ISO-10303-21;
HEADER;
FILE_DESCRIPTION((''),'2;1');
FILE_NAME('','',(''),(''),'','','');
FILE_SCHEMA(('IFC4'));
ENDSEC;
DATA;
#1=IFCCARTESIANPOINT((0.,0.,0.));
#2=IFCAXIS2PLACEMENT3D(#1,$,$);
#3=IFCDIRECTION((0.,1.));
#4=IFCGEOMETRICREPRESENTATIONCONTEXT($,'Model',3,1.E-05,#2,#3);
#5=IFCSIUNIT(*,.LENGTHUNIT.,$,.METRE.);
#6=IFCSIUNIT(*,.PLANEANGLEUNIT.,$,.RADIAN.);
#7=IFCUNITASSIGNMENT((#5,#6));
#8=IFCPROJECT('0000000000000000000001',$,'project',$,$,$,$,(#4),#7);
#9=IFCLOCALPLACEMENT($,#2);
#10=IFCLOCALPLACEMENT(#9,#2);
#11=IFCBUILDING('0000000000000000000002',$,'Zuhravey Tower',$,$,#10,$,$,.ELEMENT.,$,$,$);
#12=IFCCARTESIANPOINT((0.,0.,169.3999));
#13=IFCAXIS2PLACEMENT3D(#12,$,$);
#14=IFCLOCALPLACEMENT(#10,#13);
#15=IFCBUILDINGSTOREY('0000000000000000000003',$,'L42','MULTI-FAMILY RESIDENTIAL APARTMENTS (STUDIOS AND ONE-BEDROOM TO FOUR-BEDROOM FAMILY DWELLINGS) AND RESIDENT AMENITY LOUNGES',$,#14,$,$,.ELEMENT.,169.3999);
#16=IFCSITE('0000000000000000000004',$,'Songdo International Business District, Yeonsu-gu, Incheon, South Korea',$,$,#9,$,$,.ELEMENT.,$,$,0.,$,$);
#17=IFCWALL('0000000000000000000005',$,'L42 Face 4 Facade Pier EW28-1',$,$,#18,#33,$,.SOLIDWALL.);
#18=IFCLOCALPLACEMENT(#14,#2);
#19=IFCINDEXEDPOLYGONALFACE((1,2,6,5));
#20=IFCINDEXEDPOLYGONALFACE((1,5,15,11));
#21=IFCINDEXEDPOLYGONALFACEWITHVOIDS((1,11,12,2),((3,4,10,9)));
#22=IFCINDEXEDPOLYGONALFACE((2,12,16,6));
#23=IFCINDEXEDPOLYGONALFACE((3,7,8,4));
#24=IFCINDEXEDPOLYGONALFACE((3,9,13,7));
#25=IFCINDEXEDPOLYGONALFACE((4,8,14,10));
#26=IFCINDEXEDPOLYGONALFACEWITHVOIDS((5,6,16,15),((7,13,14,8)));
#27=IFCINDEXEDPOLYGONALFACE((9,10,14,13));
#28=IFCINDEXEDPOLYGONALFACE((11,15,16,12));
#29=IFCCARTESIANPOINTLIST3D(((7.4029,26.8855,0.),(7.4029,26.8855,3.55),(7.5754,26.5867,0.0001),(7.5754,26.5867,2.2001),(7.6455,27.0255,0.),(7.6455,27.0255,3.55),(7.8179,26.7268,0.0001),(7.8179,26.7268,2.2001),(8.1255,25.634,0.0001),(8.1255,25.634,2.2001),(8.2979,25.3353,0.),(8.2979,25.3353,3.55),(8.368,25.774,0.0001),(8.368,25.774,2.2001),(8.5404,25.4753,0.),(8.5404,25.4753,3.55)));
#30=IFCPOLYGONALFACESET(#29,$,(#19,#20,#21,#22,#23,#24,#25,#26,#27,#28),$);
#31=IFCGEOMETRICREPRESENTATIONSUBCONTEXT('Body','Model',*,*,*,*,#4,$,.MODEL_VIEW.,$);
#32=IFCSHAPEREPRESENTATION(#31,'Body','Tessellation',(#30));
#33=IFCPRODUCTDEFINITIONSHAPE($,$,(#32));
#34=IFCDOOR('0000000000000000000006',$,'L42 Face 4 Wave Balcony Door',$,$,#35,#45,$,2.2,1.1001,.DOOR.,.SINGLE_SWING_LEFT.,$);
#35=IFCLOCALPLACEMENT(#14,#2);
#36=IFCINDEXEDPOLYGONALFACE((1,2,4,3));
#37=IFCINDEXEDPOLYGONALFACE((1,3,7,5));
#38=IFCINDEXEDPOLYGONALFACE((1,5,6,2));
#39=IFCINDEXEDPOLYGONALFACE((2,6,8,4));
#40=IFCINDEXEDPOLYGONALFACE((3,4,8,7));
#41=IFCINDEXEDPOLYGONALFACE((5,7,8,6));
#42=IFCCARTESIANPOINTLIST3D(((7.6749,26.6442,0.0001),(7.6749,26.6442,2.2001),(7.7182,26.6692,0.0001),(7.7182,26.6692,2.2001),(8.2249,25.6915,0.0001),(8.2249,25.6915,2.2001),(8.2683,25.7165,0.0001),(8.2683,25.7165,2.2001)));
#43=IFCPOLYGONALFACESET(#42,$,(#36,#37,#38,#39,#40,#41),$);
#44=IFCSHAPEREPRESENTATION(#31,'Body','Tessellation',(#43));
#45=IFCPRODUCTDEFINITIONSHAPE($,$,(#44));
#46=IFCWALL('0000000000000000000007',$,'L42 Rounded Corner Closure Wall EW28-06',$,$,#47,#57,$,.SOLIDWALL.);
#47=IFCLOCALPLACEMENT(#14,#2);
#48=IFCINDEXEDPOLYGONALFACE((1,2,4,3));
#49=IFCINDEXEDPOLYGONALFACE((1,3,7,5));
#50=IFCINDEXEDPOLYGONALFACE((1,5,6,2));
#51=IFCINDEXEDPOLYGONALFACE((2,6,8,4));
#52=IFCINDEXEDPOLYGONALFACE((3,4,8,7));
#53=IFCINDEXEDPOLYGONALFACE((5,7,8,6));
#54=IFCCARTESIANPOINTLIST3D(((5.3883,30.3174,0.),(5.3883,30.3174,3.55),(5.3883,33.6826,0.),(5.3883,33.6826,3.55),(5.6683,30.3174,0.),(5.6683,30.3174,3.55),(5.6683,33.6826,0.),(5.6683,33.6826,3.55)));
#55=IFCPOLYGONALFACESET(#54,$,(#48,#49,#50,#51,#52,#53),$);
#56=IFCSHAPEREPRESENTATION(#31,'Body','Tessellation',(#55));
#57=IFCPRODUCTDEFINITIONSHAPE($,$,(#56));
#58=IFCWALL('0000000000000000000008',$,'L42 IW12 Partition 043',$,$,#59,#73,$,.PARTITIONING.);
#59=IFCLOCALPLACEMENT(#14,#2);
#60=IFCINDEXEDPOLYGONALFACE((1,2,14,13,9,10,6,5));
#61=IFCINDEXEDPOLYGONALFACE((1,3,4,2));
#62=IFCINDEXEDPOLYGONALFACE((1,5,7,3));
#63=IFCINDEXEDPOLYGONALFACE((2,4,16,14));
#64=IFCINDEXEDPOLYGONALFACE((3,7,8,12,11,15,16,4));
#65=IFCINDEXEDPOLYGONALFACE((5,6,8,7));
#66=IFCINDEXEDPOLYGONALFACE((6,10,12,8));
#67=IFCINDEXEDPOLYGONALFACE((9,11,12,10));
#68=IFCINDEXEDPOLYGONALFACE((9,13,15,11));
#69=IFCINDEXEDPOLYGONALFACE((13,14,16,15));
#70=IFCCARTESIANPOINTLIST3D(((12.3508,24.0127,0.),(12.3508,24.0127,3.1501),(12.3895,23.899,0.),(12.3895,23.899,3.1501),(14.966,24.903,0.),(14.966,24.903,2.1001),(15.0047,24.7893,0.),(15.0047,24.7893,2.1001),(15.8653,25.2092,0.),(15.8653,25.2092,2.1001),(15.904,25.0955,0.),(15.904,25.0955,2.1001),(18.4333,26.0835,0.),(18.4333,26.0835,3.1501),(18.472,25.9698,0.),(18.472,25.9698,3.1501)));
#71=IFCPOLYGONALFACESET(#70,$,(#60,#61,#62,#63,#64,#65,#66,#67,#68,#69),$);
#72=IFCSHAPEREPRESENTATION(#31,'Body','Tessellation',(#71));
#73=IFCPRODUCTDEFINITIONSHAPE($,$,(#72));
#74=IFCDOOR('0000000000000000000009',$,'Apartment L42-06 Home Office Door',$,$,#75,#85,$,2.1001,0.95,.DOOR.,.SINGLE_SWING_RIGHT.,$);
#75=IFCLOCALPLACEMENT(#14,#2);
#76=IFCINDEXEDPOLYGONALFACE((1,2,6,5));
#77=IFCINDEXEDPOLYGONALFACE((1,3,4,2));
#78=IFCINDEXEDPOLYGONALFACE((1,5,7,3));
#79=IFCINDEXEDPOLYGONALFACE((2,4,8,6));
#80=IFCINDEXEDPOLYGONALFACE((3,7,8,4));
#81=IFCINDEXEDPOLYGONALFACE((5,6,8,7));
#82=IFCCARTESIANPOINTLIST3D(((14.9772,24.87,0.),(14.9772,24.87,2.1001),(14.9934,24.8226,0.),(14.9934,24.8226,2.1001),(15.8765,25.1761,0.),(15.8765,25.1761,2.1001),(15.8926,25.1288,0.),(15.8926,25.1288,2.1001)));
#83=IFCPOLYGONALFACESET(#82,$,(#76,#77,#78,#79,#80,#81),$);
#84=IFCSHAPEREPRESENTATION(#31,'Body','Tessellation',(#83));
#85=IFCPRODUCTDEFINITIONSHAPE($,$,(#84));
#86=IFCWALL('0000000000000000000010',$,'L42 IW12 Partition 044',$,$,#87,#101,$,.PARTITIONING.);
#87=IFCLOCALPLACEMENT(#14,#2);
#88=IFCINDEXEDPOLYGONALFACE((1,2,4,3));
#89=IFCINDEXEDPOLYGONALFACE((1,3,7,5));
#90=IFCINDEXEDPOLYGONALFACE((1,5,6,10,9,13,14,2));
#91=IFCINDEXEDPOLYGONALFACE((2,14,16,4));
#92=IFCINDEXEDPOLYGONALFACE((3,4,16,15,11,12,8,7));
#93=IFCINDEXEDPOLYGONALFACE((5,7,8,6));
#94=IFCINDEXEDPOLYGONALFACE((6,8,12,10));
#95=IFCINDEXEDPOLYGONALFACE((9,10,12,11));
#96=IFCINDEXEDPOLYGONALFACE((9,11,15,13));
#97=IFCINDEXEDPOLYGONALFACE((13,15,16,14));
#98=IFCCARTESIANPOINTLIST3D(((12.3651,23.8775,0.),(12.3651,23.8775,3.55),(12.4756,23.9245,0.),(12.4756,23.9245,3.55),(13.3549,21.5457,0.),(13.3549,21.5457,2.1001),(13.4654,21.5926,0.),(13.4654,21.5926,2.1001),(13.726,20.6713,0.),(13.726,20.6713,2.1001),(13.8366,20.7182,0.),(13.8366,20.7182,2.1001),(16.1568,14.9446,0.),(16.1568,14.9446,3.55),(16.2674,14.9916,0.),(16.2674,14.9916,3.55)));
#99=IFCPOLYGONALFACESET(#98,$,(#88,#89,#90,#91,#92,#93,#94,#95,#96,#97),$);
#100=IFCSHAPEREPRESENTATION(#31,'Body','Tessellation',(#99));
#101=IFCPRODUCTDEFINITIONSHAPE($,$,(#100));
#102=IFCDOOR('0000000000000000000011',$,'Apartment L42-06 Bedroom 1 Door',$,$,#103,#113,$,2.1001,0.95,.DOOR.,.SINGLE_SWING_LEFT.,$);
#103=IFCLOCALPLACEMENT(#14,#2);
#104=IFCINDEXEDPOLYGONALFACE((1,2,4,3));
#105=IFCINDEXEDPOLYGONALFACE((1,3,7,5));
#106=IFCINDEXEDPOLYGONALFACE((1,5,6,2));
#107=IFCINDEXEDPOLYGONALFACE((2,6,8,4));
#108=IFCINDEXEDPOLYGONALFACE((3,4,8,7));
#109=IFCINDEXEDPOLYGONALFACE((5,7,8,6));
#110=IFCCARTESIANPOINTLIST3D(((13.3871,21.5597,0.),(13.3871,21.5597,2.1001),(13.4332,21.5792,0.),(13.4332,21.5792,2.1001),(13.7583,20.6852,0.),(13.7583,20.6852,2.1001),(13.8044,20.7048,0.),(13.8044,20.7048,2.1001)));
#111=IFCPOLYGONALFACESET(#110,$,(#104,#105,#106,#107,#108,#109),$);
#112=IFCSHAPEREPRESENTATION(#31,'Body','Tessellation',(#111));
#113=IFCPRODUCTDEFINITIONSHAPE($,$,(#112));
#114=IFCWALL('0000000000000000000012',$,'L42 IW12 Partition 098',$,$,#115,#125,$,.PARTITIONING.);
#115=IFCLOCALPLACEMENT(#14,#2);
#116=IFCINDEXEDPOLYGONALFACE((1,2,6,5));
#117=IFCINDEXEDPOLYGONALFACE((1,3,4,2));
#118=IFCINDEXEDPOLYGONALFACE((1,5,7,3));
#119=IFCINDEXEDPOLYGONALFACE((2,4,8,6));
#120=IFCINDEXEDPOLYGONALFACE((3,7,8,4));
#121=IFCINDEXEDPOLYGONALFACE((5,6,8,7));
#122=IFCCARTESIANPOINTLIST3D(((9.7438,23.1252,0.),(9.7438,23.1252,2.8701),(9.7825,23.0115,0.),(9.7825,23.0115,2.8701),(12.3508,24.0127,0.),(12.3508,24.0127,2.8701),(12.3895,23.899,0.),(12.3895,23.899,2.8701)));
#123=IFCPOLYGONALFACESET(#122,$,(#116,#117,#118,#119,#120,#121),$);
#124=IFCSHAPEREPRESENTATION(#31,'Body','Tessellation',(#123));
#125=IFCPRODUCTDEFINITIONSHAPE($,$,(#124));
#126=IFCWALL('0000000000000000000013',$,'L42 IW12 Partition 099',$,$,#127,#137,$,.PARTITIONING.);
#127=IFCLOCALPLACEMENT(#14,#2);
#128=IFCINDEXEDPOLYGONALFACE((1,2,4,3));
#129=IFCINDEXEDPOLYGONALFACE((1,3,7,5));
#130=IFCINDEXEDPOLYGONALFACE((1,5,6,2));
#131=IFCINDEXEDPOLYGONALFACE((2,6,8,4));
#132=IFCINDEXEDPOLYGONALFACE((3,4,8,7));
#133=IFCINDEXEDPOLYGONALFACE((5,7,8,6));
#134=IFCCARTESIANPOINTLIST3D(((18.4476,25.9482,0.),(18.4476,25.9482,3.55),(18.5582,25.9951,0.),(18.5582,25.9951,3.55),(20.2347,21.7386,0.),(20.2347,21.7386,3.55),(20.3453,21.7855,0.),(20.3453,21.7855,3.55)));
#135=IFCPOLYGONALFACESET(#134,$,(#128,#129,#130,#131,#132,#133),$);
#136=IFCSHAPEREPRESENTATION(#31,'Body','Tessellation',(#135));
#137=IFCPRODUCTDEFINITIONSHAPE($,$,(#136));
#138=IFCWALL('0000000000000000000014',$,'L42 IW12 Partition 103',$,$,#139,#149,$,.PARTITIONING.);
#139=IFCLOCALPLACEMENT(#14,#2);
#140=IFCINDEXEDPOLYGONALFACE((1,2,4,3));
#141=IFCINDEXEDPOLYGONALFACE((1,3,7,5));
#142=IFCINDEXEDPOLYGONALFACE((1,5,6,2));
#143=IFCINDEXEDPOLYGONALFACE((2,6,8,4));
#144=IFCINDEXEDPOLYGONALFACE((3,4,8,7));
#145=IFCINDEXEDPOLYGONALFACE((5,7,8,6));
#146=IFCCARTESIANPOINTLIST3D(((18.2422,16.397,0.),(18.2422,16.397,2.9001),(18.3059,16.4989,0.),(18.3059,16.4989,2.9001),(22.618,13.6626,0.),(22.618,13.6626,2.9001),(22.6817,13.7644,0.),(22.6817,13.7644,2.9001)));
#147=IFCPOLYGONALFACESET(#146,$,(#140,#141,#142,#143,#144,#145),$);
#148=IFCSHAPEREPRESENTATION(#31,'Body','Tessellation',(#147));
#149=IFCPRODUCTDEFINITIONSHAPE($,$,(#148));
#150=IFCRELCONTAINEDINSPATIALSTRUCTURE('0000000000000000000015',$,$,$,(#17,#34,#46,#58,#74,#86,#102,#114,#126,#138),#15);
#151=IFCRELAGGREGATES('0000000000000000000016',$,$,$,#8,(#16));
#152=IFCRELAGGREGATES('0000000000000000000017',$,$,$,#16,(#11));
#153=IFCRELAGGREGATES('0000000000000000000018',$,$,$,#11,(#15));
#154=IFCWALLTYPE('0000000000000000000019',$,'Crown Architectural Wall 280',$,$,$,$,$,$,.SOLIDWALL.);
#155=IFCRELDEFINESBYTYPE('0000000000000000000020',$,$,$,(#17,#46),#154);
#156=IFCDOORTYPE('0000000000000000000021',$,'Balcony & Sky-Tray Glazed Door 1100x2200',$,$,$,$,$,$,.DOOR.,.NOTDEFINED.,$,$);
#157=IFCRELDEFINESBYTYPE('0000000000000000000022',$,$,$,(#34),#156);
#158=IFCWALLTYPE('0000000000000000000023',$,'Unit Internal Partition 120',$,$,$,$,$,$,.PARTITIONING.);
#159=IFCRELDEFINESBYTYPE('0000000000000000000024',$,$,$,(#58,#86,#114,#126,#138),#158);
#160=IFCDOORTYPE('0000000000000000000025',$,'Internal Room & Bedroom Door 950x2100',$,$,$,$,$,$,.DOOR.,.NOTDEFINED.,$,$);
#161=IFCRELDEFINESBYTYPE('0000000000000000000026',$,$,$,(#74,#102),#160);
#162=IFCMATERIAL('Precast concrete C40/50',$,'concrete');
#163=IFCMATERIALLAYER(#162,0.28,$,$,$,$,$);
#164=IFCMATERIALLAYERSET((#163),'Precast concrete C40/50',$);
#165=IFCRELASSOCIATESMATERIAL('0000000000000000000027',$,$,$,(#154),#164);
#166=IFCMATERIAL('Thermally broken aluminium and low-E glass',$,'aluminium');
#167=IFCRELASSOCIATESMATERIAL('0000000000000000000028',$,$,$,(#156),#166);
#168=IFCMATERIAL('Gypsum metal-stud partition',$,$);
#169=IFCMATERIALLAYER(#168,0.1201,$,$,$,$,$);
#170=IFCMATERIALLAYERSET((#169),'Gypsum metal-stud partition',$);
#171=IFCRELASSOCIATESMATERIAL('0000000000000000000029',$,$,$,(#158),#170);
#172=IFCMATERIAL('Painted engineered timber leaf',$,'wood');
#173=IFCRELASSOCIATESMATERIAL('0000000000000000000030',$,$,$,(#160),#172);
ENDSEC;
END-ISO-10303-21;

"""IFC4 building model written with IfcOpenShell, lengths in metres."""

from ifc_helpers import new_model, si_unit, direction, frame, frame_2d, origin, place, context, subcontext, project, spatial, rectangle, extrude, material, layer, layer_set, type_object, element, fill, save


model = new_model("IFC4")

# Units and contexts
model_context = context("Model", 3, precision=1e-05, world=origin(), true_north=direction((0.0, 1.0)))
body_context = subcontext(model_context, "Body", "Model", "MODEL_VIEW")
ifc_project = project(units=[si_unit("LENGTHUNIT", "METRE"), si_unit("PLANEANGLEUNIT", "RADIAN")], contexts=[model_context])

# Site, building, storey
site_placement = place(None, origin())
site = spatial("IfcSite", under=ifc_project, at=site_placement, Name="Songdo International Business District, Yeonsu-gu, Incheon, South Korea", CompositionType="ELEMENT", RefElevation=0.0)
building_placement = place(site_placement, origin())
building = spatial("IfcBuilding", under=site, at=building_placement, Name="Zuhravey Tower", CompositionType="ELEMENT")
storey_placement = place(building_placement, frame((0.0, 0.0, 169.3999)))
storey = spatial("IfcBuildingStorey", under=building, at=storey_placement, Name="L42", Description="MULTI-FAMILY RESIDENTIAL APARTMENTS (STUDIOS AND ONE-BEDROOM TO FOUR-BEDROOM FAMILY DWELLINGS) AND RESIDENT AMENITY LOUNGES", CompositionType="ELEMENT", Elevation=169.3999)

# Wall, opening, door
ifc_material_1 = material(Name="Precast concrete C40/50", Category="concrete")
ifc_layer_1 = layer(ifc_material_1, 0.28)
ifc_layer_set_1 = layer_set([ifc_layer_1], Name="Precast concrete C40/50")
wall_type_1 = type_object("IfcWallType", Name="Crown Architectural Wall 280", PredefinedType="SOLIDWALL", material=ifc_layer_set_1)
wall_1_placement = place(storey_placement, frame((8.4192, 25.4053, 0.0), z_axis=(0.0, 0.0, 1.0), x_axis=(-0.499982, 0.866036, 0.0)))
wall_1 = element("IfcWall", 1, at=wall_1_placement, inside=storey, type_object=wall_type_1, Name="L42 Face 4 Facade Pier EW28-1", PredefinedType="SOLIDWALL", context=body_context, shape_type="SweptSolid", body=[
    extrude(rectangle(XDim=1.79, YDim=0.28, at=frame_2d((0.895, 0.0))), origin(), (0.0, 0.0, 1.0), 3.55),
])
opening_1_placement = place(wall_1_placement, frame((0.345, 0.0, 0.0)))
opening_1 = element("IfcOpeningElement", 2, at=opening_1_placement, cuts=wall_1, PredefinedType="OPENING", context=body_context, shape_type="SweptSolid", body=[
    extrude(rectangle(XDim=1.1001, YDim=2.2, at=frame_2d((0.55, 1.1001))), frame((0.0, 0.1521, 0.0), z_axis=(0.0, -1.0, 0.0), x_axis=(1.0, 0.0, 0.0)), (0.0, 0.0, 1.0), 0.304),
])
ifc_material_2 = material(Name="Thermally broken aluminium and low-E glass", Category="aluminium")
door_type_1 = type_object("IfcDoorType", Name="Balcony & Sky-Tray Glazed Door 1100x2200", OperationType="NOTDEFINED", PredefinedType="DOOR", material=ifc_material_2)
door_1_placement = place(opening_1_placement, frame((1.1001, 0.0, 0.0), z_axis=(0.0, 0.0, 1.0), x_axis=(-1.0, 0.0, 0.0)))
door_1 = element("IfcDoor", 3, at=door_1_placement, inside=storey, type_object=door_type_1, Name="L42 Face 4 Wave Balcony Door", OperationType="SINGLE_SWING_LEFT", OverallHeight=2.2, OverallWidth=1.1001, PredefinedType="DOOR", context=body_context, shape_type="SweptSolid", body=[
    extrude(rectangle(XDim=1.1001, YDim=2.2, at=frame_2d((0.55, 1.1001))), frame((0.0, 0.0249, 0.0), z_axis=(0.0, -1.0, 0.0), x_axis=(1.0, 0.0, 0.0)), (0.0, 0.0, 1.0), 0.05),
])
fill(opening_1, door_1)

# Wall
wall_2_placement = place(storey_placement, frame((5.5283, 30.3174, 0.0), z_axis=(0.0, 0.0, 1.0), x_axis=(0.0, 1.0, 0.0)))
element("IfcWall", 4, at=wall_2_placement, inside=storey, type_object=wall_type_1, Name="L42 Rounded Corner Closure Wall EW28-06", PredefinedType="SOLIDWALL", context=body_context, shape_type="SweptSolid", body=[
    extrude(rectangle(XDim=3.3652, YDim=0.28, at=frame_2d((1.6826, 0.0))), origin(), (0.0, 0.0, 1.0), 3.55),
])

# Walls, openings, doors
ifc_material_3 = material(Name="Gypsum metal-stud partition")
ifc_layer_2 = layer(ifc_material_3, 0.1201)
ifc_layer_set_2 = layer_set([ifc_layer_2], Name="Gypsum metal-stud partition")
wall_type_2 = type_object("IfcWallType", Name="Unit Internal Partition 120", PredefinedType="PARTITIONING", material=ifc_layer_set_2)
wall_3_placement = place(storey_placement, frame((18.4526, 26.0266, 0.0), z_axis=(0.0, 0.0, 1.0), x_axis=(-0.946643, -0.322286, 0.0)))
wall_3 = element("IfcWall", 5, at=wall_3_placement, inside=storey, type_object=wall_type_2, Name="L42 IW12 Partition 043", PredefinedType="PARTITIONING", context=body_context, shape_type="SweptSolid", body=[
    extrude(rectangle(XDim=6.4253, YDim=0.1201, at=frame_2d((3.2126, 0.0))), origin(), (0.0, 0.0, 1.0), 3.1501),
])
opening_2_placement = place(wall_3_placement, frame((2.7126, 0.0, 0.0)))
opening_2 = element("IfcOpeningElement", 6, at=opening_2_placement, cuts=wall_3, PredefinedType="OPENING", context=body_context, shape_type="SweptSolid", body=[
    extrude(rectangle(XDim=0.95, YDim=2.1001, at=frame_2d((0.4751, 1.05))), frame((0.0, 0.072, 0.0), z_axis=(0.0, -1.0, 0.0), x_axis=(1.0, 0.0, 0.0)), (0.0, 0.0, 1.0), 0.144),
])
ifc_material_4 = material(Name="Painted engineered timber leaf", Category="wood")
door_type_2 = type_object("IfcDoorType", Name="Internal Room & Bedroom Door 950x2100", OperationType="NOTDEFINED", PredefinedType="DOOR", material=ifc_material_4)
door_2_placement = place(opening_2_placement, origin())
door_2 = element("IfcDoor", 7, at=door_2_placement, inside=storey, type_object=door_type_2, Name="Apartment L42-06 Home Office Door", OperationType="SINGLE_SWING_RIGHT", OverallHeight=2.1001, OverallWidth=0.95, PredefinedType="DOOR", context=body_context, shape_type="SweptSolid", body=[
    extrude(rectangle(XDim=0.95, YDim=2.1001, at=frame_2d((0.4751, 1.05))), frame((0.0, 0.0249, 0.0), z_axis=(0.0, -1.0, 0.0), x_axis=(1.0, 0.0, 0.0)), (0.0, 0.0, 1.0), 0.05),
])
fill(opening_2, door_2)
wall_4_placement = place(storey_placement, frame((12.4204, 23.9009, 0.0), z_axis=(0.0, 0.0, 1.0), x_axis=(0.390729, -0.920506, 0.0)))
wall_4 = element("IfcWall", 8, at=wall_4_placement, inside=storey, type_object=wall_type_2, Name="L42 IW12 Partition 044", PredefinedType="PARTITIONING", context=body_context, shape_type="SweptSolid", body=[
    extrude(rectangle(XDim=9.7043, YDim=0.1201, at=frame_2d((4.8521, 0.0))), origin(), (0.0, 0.0, 1.0), 3.55),
])
opening_3_placement = place(wall_4_placement, frame((2.533, 0.0, 0.0)))
opening_3 = element("IfcOpeningElement", 9, at=opening_3_placement, cuts=wall_4, PredefinedType="OPENING", context=body_context, shape_type="SweptSolid", body=[
    extrude(rectangle(XDim=0.95, YDim=2.1001, at=frame_2d((0.4751, 1.05))), frame((0.0, 0.072, 0.0), z_axis=(0.0, -1.0, 0.0), x_axis=(1.0, 0.0, 0.0)), (0.0, 0.0, 1.0), 0.144),
])
door_3_placement = place(opening_3_placement, frame((0.95, 0.0, 0.0), z_axis=(0.0, 0.0, 1.0), x_axis=(-1.0, 0.0, 0.0)))
door_3 = element("IfcDoor", 10, at=door_3_placement, inside=storey, type_object=door_type_2, Name="Apartment L42-06 Bedroom 1 Door", OperationType="SINGLE_SWING_LEFT", OverallHeight=2.1001, OverallWidth=0.95, PredefinedType="DOOR", context=body_context, shape_type="SweptSolid", body=[
    extrude(rectangle(XDim=0.95, YDim=2.1001, at=frame_2d((0.4751, 1.05))), frame((0.0, 0.0249, 0.0), z_axis=(0.0, -1.0, 0.0), x_axis=(1.0, 0.0, 0.0)), (0.0, 0.0, 1.0), 0.05),
])
fill(opening_3, door_3)

# Walls
wall_5_placement = place(storey_placement, frame((12.3701, 23.9558, 0.0), z_axis=(0.0, 0.0, 1.0), x_axis=(-0.946652, -0.322259, 0.0)))
element("IfcWall", 11, at=wall_5_placement, inside=storey, type_object=wall_type_2, Name="L42 IW12 Partition 098", PredefinedType="PARTITIONING", context=body_context, shape_type="SweptSolid", body=[
    extrude(rectangle(XDim=2.7539, YDim=0.1201, at=frame_2d((1.377, 0.0))), origin(), (0.0, 0.0, 1.0), 2.8701),
])
wall_6_placement = place(storey_placement, frame((18.5029, 25.9717, 0.0), z_axis=(0.0, 0.0, 1.0), x_axis=(0.390766, -0.92049, 0.0)))
element("IfcWall", 12, at=wall_6_placement, inside=storey, type_object=wall_type_2, Name="L42 IW12 Partition 099", PredefinedType="PARTITIONING", context=body_context, shape_type="SweptSolid", body=[
    extrude(rectangle(XDim=4.5732, YDim=0.1201, at=frame_2d((2.2866, 0.0))), origin(), (0.0, 0.0, 1.0), 3.55),
])
wall_7_placement = place(storey_placement, frame((18.2739, 16.448, 0.0), z_axis=(0.0, 0.0, 1.0), x_axis=(0.848038, -0.529935, 0.0)))
element("IfcWall", 13, at=wall_7_placement, inside=storey, type_object=wall_type_2, Name="L42 IW12 Partition 103", PredefinedType="PARTITIONING", context=body_context, shape_type="SweptSolid", body=[
    extrude(rectangle(XDim=5.1599, YDim=0.1201, at=frame_2d((2.5801, 0.0))), origin(), (0.0, 0.0, 1.0), 2.9001),
])

save(model, "model.ifc")
